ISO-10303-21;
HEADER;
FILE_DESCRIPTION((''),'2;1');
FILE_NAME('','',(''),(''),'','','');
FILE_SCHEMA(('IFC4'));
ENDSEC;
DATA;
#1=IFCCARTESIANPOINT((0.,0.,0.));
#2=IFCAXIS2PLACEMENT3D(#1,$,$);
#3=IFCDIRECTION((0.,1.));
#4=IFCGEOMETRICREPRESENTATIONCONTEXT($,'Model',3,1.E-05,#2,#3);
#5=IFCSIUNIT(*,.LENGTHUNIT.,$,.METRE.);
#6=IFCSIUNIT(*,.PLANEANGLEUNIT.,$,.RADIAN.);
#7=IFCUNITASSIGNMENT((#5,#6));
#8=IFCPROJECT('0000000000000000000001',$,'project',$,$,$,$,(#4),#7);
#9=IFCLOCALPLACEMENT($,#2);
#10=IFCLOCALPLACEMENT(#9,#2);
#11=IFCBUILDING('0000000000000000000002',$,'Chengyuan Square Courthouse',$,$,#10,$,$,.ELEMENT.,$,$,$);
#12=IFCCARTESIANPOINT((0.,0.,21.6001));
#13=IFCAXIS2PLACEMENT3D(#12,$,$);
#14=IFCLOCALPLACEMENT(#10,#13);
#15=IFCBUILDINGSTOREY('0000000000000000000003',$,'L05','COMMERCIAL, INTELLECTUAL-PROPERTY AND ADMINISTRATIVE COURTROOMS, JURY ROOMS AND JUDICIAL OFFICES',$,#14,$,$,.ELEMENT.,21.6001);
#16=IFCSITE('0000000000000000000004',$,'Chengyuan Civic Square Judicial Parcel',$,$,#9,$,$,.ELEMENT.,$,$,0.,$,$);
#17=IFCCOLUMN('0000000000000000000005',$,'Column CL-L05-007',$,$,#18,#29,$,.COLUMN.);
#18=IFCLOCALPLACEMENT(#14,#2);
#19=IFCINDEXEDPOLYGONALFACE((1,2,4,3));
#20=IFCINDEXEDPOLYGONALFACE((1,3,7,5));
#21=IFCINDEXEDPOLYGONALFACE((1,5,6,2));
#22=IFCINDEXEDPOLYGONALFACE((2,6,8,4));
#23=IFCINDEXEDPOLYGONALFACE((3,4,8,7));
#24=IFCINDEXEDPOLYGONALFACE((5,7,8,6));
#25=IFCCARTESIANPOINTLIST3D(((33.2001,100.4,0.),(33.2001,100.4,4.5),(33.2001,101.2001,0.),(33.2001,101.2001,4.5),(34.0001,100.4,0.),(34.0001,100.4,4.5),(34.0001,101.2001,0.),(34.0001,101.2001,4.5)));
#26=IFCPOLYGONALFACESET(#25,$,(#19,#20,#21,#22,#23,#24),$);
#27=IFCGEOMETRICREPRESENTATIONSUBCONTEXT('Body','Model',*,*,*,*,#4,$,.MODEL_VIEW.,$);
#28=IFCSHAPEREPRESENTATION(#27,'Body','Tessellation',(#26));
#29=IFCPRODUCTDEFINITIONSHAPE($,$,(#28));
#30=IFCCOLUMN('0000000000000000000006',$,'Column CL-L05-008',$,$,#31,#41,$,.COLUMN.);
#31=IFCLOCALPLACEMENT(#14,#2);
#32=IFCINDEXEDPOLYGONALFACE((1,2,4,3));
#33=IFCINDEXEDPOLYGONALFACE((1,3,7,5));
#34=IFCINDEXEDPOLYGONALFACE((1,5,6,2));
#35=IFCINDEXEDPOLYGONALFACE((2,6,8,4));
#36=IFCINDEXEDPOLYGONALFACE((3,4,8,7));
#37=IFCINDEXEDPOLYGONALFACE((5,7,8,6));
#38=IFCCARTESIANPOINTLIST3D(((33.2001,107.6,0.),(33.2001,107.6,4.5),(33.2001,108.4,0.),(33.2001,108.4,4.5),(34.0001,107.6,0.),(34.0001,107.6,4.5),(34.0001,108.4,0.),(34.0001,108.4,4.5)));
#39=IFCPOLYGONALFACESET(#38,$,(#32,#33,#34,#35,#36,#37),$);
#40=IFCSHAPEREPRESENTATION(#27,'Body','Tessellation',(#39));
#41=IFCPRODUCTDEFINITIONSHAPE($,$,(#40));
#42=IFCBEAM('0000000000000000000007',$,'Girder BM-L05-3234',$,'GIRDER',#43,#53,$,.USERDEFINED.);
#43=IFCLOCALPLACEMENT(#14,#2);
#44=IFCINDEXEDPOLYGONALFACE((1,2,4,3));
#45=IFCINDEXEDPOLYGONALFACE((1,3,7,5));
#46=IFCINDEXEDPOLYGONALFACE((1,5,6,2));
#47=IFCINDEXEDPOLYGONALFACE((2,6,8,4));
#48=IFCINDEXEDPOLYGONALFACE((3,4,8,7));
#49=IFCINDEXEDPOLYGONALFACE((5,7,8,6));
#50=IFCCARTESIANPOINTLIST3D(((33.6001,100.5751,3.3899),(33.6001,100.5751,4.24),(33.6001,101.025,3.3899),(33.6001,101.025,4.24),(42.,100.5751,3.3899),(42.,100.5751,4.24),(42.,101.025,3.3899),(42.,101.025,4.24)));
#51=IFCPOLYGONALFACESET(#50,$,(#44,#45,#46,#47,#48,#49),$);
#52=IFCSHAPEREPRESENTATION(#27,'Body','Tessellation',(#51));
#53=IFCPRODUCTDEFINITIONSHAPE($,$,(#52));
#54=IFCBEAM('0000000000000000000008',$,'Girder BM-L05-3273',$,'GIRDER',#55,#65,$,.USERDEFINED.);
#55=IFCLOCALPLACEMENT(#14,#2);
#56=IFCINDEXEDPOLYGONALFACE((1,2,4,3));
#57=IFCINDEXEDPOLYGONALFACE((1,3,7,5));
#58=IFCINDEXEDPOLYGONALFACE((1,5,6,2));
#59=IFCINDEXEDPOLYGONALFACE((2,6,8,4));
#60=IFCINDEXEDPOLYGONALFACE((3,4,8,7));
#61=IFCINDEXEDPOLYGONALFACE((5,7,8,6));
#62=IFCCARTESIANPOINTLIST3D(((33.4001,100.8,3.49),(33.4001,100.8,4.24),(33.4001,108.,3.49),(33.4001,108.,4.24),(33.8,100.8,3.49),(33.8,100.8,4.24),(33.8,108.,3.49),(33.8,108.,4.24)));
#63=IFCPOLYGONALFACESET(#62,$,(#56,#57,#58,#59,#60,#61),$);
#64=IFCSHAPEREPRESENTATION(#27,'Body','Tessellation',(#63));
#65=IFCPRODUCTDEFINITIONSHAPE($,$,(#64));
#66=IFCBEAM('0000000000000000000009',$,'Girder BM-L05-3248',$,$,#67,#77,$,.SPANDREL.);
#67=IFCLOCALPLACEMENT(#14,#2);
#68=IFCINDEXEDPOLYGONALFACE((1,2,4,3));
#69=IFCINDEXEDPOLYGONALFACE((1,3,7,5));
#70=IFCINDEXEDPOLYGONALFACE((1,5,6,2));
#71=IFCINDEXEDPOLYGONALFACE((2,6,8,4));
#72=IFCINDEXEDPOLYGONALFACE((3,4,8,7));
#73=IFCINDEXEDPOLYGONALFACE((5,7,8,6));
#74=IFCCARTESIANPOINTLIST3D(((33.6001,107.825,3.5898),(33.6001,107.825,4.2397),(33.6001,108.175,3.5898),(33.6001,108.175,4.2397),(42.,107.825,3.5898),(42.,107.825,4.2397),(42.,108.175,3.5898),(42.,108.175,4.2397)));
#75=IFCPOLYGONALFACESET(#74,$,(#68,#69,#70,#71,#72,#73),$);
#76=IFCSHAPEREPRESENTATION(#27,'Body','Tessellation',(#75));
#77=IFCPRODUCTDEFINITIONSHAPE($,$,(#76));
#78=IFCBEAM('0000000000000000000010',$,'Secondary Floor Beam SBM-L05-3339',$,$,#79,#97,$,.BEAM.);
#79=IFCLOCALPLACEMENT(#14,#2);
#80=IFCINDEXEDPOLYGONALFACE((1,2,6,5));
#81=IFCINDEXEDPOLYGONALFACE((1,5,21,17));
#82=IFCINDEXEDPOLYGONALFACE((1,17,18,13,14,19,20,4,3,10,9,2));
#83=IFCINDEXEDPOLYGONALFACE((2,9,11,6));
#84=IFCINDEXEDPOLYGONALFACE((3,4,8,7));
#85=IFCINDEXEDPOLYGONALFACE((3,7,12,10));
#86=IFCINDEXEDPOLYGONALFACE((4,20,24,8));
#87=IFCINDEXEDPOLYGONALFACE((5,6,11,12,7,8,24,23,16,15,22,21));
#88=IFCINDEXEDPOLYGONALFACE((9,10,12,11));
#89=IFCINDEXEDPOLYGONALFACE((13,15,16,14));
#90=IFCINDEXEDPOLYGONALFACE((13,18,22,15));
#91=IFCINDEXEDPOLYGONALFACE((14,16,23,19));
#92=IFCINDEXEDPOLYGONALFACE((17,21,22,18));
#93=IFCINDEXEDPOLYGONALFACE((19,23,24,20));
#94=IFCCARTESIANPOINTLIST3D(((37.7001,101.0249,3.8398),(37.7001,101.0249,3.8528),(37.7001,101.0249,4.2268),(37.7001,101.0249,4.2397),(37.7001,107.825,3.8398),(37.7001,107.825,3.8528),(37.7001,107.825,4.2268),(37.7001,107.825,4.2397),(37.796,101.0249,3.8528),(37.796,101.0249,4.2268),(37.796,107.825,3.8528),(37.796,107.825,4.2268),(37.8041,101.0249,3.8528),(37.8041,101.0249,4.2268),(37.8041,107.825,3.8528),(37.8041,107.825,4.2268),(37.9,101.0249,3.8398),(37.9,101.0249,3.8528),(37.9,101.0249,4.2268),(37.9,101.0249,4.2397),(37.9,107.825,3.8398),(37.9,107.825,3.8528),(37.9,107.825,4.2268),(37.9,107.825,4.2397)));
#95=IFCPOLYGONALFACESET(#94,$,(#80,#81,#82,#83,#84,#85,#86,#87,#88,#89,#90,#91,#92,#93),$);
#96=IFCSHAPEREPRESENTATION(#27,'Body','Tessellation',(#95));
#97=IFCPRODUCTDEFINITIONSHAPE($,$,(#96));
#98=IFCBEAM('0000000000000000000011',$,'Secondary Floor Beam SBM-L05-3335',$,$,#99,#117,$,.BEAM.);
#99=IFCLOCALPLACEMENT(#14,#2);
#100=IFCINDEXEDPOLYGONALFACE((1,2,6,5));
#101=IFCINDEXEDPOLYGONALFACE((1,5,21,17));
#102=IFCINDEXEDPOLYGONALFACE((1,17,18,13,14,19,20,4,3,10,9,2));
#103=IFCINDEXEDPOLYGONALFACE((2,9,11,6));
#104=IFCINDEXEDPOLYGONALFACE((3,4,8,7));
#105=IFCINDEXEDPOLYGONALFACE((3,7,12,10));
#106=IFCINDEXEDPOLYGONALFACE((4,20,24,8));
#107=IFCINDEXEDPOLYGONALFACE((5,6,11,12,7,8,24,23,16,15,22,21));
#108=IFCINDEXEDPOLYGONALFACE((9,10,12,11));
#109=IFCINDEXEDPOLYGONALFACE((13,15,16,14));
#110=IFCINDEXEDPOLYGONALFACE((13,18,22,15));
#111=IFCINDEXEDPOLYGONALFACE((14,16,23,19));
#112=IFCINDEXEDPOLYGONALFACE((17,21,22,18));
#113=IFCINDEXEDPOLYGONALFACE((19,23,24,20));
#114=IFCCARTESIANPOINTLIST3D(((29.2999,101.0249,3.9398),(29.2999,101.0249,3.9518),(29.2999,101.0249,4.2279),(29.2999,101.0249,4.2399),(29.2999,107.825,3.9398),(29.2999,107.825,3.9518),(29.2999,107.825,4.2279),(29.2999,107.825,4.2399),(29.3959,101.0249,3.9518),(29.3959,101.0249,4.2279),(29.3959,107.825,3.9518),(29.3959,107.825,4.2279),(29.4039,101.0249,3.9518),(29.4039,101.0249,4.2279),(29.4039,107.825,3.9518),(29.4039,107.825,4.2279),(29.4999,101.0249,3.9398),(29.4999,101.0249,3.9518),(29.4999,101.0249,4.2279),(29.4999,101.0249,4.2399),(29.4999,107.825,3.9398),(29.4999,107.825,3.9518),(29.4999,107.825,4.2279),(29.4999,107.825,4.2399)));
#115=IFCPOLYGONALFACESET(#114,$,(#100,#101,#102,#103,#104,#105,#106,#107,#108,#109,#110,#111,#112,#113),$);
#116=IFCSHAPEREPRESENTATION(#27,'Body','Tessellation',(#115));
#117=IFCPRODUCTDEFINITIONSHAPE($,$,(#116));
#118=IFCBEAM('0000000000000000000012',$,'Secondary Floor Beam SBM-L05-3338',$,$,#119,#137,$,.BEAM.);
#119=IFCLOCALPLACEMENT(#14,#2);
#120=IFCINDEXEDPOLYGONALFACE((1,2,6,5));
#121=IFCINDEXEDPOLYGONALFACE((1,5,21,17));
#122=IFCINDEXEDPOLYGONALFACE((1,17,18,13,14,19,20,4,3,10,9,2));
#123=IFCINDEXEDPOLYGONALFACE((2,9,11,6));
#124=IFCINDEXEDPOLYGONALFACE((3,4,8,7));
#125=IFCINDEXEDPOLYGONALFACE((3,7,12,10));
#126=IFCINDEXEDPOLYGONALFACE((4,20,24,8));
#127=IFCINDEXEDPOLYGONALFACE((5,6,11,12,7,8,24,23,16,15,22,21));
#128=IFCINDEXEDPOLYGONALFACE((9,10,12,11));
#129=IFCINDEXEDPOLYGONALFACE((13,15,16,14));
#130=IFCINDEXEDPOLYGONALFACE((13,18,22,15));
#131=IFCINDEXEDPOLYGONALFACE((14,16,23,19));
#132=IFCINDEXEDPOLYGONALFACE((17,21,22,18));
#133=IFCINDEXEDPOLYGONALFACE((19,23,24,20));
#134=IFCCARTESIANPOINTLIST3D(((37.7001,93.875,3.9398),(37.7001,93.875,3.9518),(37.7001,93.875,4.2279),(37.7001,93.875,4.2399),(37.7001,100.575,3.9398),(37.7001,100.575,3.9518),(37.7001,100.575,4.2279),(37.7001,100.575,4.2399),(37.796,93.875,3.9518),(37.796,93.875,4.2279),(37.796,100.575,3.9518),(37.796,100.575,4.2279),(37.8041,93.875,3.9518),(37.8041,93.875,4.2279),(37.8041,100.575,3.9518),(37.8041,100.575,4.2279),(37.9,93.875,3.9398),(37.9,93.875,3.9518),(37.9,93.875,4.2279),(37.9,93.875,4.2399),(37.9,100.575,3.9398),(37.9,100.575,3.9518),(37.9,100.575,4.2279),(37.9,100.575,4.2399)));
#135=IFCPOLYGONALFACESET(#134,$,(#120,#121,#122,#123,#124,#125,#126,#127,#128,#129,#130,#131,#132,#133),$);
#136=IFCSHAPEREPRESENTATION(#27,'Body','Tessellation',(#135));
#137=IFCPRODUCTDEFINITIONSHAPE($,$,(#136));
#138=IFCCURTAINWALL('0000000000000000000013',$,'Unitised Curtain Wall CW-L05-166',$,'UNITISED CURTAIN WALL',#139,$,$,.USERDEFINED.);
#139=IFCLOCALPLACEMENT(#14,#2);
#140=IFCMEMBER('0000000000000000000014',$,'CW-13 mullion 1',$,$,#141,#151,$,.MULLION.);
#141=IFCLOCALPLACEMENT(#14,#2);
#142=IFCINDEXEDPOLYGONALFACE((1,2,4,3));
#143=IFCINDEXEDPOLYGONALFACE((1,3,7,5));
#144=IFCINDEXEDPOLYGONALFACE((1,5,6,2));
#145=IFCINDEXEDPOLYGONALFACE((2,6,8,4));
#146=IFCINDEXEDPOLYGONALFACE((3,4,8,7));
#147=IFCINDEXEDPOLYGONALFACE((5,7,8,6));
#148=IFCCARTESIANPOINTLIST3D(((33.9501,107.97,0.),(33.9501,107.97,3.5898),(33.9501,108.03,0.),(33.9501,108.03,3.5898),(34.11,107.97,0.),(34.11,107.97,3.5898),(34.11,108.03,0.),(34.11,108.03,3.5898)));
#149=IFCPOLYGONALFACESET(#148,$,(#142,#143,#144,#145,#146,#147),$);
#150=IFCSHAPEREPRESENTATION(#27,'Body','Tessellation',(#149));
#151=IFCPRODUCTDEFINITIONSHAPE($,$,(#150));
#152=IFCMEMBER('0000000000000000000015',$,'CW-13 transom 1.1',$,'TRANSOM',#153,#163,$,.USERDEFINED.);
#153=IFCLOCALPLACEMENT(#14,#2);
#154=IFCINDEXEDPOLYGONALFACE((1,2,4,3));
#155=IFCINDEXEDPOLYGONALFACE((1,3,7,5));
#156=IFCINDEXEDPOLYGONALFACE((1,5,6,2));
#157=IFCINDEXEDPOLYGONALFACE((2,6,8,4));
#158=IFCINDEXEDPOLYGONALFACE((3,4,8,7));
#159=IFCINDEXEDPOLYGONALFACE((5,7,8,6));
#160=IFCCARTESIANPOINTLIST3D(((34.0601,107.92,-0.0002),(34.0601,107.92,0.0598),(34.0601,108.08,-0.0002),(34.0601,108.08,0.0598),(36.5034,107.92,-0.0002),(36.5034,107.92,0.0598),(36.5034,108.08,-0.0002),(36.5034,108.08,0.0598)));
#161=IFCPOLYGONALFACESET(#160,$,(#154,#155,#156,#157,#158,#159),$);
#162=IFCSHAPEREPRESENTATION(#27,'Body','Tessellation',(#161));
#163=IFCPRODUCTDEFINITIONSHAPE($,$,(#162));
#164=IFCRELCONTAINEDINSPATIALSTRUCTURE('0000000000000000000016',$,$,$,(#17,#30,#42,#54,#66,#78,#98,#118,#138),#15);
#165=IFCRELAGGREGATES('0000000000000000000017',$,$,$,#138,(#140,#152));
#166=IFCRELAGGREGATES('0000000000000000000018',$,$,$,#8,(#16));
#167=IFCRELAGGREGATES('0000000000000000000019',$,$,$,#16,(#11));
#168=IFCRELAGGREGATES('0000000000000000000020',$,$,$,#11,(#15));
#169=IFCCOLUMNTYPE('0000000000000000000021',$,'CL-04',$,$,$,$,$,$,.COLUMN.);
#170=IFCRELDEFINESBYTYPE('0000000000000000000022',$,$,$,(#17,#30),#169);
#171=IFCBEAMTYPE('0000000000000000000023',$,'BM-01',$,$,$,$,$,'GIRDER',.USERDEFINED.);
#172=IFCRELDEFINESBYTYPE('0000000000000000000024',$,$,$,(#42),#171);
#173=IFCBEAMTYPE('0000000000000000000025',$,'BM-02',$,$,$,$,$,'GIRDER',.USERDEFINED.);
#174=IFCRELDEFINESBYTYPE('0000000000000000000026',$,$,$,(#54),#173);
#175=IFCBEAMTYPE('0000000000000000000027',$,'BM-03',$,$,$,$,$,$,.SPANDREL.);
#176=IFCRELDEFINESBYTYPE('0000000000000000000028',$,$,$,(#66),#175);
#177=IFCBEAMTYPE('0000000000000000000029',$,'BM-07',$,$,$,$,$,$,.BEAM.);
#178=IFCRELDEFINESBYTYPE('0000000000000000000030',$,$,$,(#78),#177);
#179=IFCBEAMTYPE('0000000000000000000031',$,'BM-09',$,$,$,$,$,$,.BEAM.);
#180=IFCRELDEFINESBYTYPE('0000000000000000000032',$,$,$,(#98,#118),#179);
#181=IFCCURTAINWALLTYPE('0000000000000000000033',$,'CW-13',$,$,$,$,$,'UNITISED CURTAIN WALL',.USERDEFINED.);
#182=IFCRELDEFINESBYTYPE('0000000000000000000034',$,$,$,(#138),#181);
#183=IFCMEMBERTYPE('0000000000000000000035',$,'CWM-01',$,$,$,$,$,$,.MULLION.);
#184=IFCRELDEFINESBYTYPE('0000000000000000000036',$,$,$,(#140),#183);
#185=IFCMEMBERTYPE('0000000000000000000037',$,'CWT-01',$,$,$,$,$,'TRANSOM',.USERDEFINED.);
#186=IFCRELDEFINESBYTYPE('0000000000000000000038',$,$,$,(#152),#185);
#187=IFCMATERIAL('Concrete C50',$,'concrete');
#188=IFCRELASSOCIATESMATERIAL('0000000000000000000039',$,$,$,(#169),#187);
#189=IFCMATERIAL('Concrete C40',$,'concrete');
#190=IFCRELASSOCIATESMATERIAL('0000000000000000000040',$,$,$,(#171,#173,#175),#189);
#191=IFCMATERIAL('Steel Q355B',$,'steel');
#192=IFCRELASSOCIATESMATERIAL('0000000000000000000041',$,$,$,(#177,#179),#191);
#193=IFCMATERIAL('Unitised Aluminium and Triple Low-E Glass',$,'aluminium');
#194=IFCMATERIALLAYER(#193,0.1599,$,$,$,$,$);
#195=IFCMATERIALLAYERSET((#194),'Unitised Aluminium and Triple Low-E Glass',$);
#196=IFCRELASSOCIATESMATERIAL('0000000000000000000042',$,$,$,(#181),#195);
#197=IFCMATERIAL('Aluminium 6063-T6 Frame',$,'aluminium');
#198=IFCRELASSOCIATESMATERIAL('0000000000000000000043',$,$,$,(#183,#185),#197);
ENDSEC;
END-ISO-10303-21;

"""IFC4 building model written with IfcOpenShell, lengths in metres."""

from ifc_helpers import new_model, si_unit, direction, frame, origin, origin_2d, place, context, subcontext, project, spatial, rectangle, i_section, extrude, material, layer, layer_set, material_profile, profile_set, type_object, element, aggregate, save


model = new_model("IFC4")

# Units and contexts
model_context = context("Model", 3, precision=1e-05, world=origin(), true_north=direction((0.0, 1.0)))
body_context = subcontext(model_context, "Body", "Model", "MODEL_VIEW")
ifc_project = project(units=[si_unit("LENGTHUNIT", "METRE"), si_unit("PLANEANGLEUNIT", "RADIAN")], contexts=[model_context])

# Site, building, storey
site_placement = place(None, origin())
site = spatial("IfcSite", under=ifc_project, at=site_placement, Name="Chengyuan Civic Square Judicial Parcel", CompositionType="ELEMENT", RefElevation=0.0)
building_placement = place(site_placement, origin())
building = spatial("IfcBuilding", under=site, at=building_placement, Name="Chengyuan Square Courthouse", CompositionType="ELEMENT")
storey_placement = place(building_placement, frame((0.0, 0.0, 21.6001)))
storey = spatial("IfcBuildingStorey", under=building, at=storey_placement, Name="L05", Description="COMMERCIAL, INTELLECTUAL-PROPERTY AND ADMINISTRATIVE COURTROOMS, JURY ROOMS AND JUDICIAL OFFICES", CompositionType="ELEMENT", Elevation=21.6001)

# Columns
ifc_material_1 = material(Name="Concrete C50", Category="concrete")
ifc_material_profile_1 = material_profile(ifc_material_1, rectangle(XDim=0.8, YDim=0.8, at=origin_2d()), Name="RC-COL-800x800")
ifc_profile_set_1 = profile_set([ifc_material_profile_1], Name="Concrete C50")
column_type = type_object("IfcColumnType", Name="CL-04", PredefinedType="COLUMN", material=ifc_profile_set_1)
for number, where, z_axis, x_axis, name in (
    (1, (33.6001, 100.8, 0.0), (0.0, 0.0, 1.0), (1.0, 0.0, 0.0), "Column CL-L05-007"),
    (2, (33.6001, 108.0, 0.0), (0.0, 0.0, 1.0), (1.0, 0.0, 0.0), "Column CL-L05-008"),
):
    element("IfcColumn", number, at=place(storey_placement, frame(where, z_axis=z_axis, x_axis=x_axis)), inside=storey, type_object=column_type, Name=name, PredefinedType="COLUMN", context=body_context, shape_type="SweptSolid", body=[
        extrude(rectangle(XDim=0.8, YDim=0.8, at=origin_2d()), origin(), (0.0, 0.0, 1.0), 4.5),
    ])

# Beams
ifc_material_2 = material(Name="Concrete C40", Category="concrete")
ifc_material_profile_2 = material_profile(ifc_material_2, rectangle(XDim=0.45, YDim=0.8501, at=origin_2d()), Name="RC-BM-450x850")
ifc_profile_set_2 = profile_set([ifc_material_profile_2], Name="Concrete C40")
beam_type_1 = type_object("IfcBeamType", Name="BM-01", ElementType="GIRDER", PredefinedType="USERDEFINED", material=ifc_profile_set_2)
beam_1_placement = place(storey_placement, frame((33.6001, 100.8, 3.8149), z_axis=(1.0, 0.0, 0.0), x_axis=(0.0, 1.0, 0.0)))
element("IfcBeam", 3, at=beam_1_placement, inside=storey, type_object=beam_type_1, Name="Girder BM-L05-3234", ObjectType="GIRDER", PredefinedType="USERDEFINED", context=body_context, shape_type="SweptSolid", body=[
    extrude(rectangle(XDim=0.45, YDim=0.8501, at=origin_2d()), origin(), (0.0, 0.0, 1.0), 8.3999),
])
ifc_material_profile_3 = material_profile(ifc_material_2, rectangle(XDim=0.3999, YDim=0.75, at=origin_2d()), Name="RC-BM-400x750")
ifc_profile_set_3 = profile_set([ifc_material_profile_3], Name="Concrete C40")
beam_type_2 = type_object("IfcBeamType", Name="BM-02", ElementType="GIRDER", PredefinedType="USERDEFINED", material=ifc_profile_set_3)
beam_2_placement = place(storey_placement, frame((33.6001, 100.8, 3.865), z_axis=(0.0, 1.0, 0.0), x_axis=(-1.0, 0.0, 0.0)))
element("IfcBeam", 4, at=beam_2_placement, inside=storey, type_object=beam_type_2, Name="Girder BM-L05-3273", ObjectType="GIRDER", PredefinedType="USERDEFINED", context=body_context, shape_type="SweptSolid", body=[
    extrude(rectangle(XDim=0.3999, YDim=0.75, at=origin_2d()), origin(), (0.0, 0.0, 1.0), 7.2),
])
ifc_material_profile_4 = material_profile(ifc_material_2, rectangle(XDim=0.3501, YDim=0.6499, at=origin_2d()), Name="RC-BM-350x650")
ifc_profile_set_4 = profile_set([ifc_material_profile_4], Name="Concrete C40")
beam_type_3 = type_object("IfcBeamType", Name="BM-03", PredefinedType="SPANDREL", material=ifc_profile_set_4)
beam_3_placement = place(storey_placement, frame((33.6001, 108.0, 3.9148), z_axis=(1.0, 0.0, 0.0), x_axis=(0.0, 1.0, 0.0)))
element("IfcBeam", 5, at=beam_3_placement, inside=storey, type_object=beam_type_3, Name="Girder BM-L05-3248", PredefinedType="SPANDREL", context=body_context, shape_type="SweptSolid", body=[
    extrude(rectangle(XDim=0.3501, YDim=0.6499, at=origin_2d()), origin(), (0.0, 0.0, 1.0), 8.3999),
])
ifc_material_3 = material(Name="Steel Q355B", Category="steel")
ifc_material_profile_5 = material_profile(ifc_material_3, i_section(OverallWidth=0.2, OverallDepth=0.3999, WebThickness=0.0081, FlangeThickness=0.0129, at=origin_2d()), Name="HN 400x200x8x13")
ifc_profile_set_5 = profile_set([ifc_material_profile_5], Name="Steel Q355B")
beam_type_4 = type_object("IfcBeamType", Name="BM-07", PredefinedType="BEAM", material=ifc_profile_set_5)
beam_4_placement = place(storey_placement, frame((37.8, 101.0249, 4.0398), z_axis=(0.0, 1.0, 0.0), x_axis=(-1.0, 0.0, 0.0)))
element("IfcBeam", 6, at=beam_4_placement, inside=storey, type_object=beam_type_4, Name="Secondary Floor Beam SBM-L05-3339", PredefinedType="BEAM", context=body_context, shape_type="SweptSolid", body=[
    extrude(i_section(OverallWidth=0.2, OverallDepth=0.3999, WebThickness=0.0081, FlangeThickness=0.0129, at=origin_2d()), origin(), (0.0, 0.0, 1.0), 6.8),
])
ifc_material_profile_6 = material_profile(ifc_material_3, i_section(OverallWidth=0.2, OverallDepth=0.3, WebThickness=0.0081, FlangeThickness=0.012, at=origin_2d()), Name="HM 300x200x8x12")
ifc_profile_set_6 = profile_set([ifc_material_profile_6], Name="Steel Q355B")
beam_type_5 = type_object("IfcBeamType", Name="BM-09", PredefinedType="BEAM", material=ifc_profile_set_6)
beam_5_placement = place(storey_placement, frame((29.3999, 101.0249, 4.0898), z_axis=(0.0, 1.0, 0.0), x_axis=(-1.0, 0.0, 0.0)))
element("IfcBeam", 7, at=beam_5_placement, inside=storey, type_object=beam_type_5, Name="Secondary Floor Beam SBM-L05-3335", PredefinedType="BEAM", context=body_context, shape_type="SweptSolid", body=[
    extrude(i_section(OverallWidth=0.2, OverallDepth=0.3, WebThickness=0.0081, FlangeThickness=0.012, at=origin_2d()), origin(), (0.0, 0.0, 1.0), 6.8),
])
beam_6_placement = place(storey_placement, frame((37.8, 93.875, 4.0898), z_axis=(0.0, 1.0, 0.0), x_axis=(-1.0, 0.0, 0.0)))
element("IfcBeam", 8, at=beam_6_placement, inside=storey, type_object=beam_type_5, Name="Secondary Floor Beam SBM-L05-3338", PredefinedType="BEAM", context=body_context, shape_type="SweptSolid", body=[
    extrude(i_section(OverallWidth=0.2, OverallDepth=0.3, WebThickness=0.0081, FlangeThickness=0.012, at=origin_2d()), origin(), (0.0, 0.0, 1.0), 6.7),
])

# Curtain wall, members
ifc_material_4 = material(Name="Unitised Aluminium and Triple Low-E Glass", Category="aluminium")
ifc_layer_1 = layer(ifc_material_4, 0.1599)
ifc_layer_set_1 = layer_set([ifc_layer_1], Name="Unitised Aluminium and Triple Low-E Glass")
curtain_wall_type = type_object("IfcCurtainWallType", Name="CW-13", ElementType="UNITISED CURTAIN WALL", PredefinedType="USERDEFINED", material=ifc_layer_set_1)
curtain_wall_placement = place(storey_placement, origin())
curtain_wall = element("IfcCurtainWall", 9, at=curtain_wall_placement, inside=storey, type_object=curtain_wall_type, Name="Unitised Curtain Wall CW-L05-166", ObjectType="UNITISED CURTAIN WALL", PredefinedType="USERDEFINED")
ifc_material_5 = material(Name="Aluminium 6063-T6 Frame", Category="aluminium")
ifc_material_profile_7 = material_profile(ifc_material_5, rectangle(XDim=0.0601, YDim=0.1599, at=origin_2d()), Name="CW-MUL-60x160")
ifc_profile_set_7 = profile_set([ifc_material_profile_7], Name="Aluminium 6063-T6 Frame")
member_type_1 = type_object("IfcMemberType", Name="CWM-01", PredefinedType="MULLION", material=ifc_profile_set_7)
member_1_placement = place(storey_placement, frame((34.03, 108.0, 0.0), z_axis=(0.0, 0.0, 1.0), x_axis=(0.0, 1.0, 0.0)))
member_1 = element("IfcMember", 10, at=member_1_placement, type_object=member_type_1, Name="CW-13 mullion 1", PredefinedType="MULLION", context=body_context, shape_type="SweptSolid", body=[
    extrude(rectangle(XDim=0.0601, YDim=0.1599, at=origin_2d()), origin(), (0.0, 0.0, 1.0), 3.5898),
])
ifc_material_profile_8 = material_profile(ifc_material_5, rectangle(XDim=0.1599, YDim=0.0601, at=origin_2d()), Name="CW-TRN-60x120")
ifc_profile_set_8 = profile_set([ifc_material_profile_8], Name="Aluminium 6063-T6 Frame")
member_type_2 = type_object("IfcMemberType", Name="CWT-01", ElementType="TRANSOM", PredefinedType="USERDEFINED", material=ifc_profile_set_8)
member_2_placement = place(storey_placement, frame((34.0601, 108.0, 0.0298), z_axis=(1.0, 0.0, 0.0), x_axis=(0.0, 1.0, 0.0)))
member_2 = element("IfcMember", 11, at=member_2_placement, type_object=member_type_2, Name="CW-13 transom 1.1", ObjectType="TRANSOM", PredefinedType="USERDEFINED", context=body_context, shape_type="SweptSolid", body=[
    extrude(rectangle(XDim=0.1599, YDim=0.0601, at=origin_2d()), origin(), (0.0, 0.0, 1.0), 2.4434),
])
aggregate(curtain_wall, [member_1, member_2])

save(model, "model.ifc")
